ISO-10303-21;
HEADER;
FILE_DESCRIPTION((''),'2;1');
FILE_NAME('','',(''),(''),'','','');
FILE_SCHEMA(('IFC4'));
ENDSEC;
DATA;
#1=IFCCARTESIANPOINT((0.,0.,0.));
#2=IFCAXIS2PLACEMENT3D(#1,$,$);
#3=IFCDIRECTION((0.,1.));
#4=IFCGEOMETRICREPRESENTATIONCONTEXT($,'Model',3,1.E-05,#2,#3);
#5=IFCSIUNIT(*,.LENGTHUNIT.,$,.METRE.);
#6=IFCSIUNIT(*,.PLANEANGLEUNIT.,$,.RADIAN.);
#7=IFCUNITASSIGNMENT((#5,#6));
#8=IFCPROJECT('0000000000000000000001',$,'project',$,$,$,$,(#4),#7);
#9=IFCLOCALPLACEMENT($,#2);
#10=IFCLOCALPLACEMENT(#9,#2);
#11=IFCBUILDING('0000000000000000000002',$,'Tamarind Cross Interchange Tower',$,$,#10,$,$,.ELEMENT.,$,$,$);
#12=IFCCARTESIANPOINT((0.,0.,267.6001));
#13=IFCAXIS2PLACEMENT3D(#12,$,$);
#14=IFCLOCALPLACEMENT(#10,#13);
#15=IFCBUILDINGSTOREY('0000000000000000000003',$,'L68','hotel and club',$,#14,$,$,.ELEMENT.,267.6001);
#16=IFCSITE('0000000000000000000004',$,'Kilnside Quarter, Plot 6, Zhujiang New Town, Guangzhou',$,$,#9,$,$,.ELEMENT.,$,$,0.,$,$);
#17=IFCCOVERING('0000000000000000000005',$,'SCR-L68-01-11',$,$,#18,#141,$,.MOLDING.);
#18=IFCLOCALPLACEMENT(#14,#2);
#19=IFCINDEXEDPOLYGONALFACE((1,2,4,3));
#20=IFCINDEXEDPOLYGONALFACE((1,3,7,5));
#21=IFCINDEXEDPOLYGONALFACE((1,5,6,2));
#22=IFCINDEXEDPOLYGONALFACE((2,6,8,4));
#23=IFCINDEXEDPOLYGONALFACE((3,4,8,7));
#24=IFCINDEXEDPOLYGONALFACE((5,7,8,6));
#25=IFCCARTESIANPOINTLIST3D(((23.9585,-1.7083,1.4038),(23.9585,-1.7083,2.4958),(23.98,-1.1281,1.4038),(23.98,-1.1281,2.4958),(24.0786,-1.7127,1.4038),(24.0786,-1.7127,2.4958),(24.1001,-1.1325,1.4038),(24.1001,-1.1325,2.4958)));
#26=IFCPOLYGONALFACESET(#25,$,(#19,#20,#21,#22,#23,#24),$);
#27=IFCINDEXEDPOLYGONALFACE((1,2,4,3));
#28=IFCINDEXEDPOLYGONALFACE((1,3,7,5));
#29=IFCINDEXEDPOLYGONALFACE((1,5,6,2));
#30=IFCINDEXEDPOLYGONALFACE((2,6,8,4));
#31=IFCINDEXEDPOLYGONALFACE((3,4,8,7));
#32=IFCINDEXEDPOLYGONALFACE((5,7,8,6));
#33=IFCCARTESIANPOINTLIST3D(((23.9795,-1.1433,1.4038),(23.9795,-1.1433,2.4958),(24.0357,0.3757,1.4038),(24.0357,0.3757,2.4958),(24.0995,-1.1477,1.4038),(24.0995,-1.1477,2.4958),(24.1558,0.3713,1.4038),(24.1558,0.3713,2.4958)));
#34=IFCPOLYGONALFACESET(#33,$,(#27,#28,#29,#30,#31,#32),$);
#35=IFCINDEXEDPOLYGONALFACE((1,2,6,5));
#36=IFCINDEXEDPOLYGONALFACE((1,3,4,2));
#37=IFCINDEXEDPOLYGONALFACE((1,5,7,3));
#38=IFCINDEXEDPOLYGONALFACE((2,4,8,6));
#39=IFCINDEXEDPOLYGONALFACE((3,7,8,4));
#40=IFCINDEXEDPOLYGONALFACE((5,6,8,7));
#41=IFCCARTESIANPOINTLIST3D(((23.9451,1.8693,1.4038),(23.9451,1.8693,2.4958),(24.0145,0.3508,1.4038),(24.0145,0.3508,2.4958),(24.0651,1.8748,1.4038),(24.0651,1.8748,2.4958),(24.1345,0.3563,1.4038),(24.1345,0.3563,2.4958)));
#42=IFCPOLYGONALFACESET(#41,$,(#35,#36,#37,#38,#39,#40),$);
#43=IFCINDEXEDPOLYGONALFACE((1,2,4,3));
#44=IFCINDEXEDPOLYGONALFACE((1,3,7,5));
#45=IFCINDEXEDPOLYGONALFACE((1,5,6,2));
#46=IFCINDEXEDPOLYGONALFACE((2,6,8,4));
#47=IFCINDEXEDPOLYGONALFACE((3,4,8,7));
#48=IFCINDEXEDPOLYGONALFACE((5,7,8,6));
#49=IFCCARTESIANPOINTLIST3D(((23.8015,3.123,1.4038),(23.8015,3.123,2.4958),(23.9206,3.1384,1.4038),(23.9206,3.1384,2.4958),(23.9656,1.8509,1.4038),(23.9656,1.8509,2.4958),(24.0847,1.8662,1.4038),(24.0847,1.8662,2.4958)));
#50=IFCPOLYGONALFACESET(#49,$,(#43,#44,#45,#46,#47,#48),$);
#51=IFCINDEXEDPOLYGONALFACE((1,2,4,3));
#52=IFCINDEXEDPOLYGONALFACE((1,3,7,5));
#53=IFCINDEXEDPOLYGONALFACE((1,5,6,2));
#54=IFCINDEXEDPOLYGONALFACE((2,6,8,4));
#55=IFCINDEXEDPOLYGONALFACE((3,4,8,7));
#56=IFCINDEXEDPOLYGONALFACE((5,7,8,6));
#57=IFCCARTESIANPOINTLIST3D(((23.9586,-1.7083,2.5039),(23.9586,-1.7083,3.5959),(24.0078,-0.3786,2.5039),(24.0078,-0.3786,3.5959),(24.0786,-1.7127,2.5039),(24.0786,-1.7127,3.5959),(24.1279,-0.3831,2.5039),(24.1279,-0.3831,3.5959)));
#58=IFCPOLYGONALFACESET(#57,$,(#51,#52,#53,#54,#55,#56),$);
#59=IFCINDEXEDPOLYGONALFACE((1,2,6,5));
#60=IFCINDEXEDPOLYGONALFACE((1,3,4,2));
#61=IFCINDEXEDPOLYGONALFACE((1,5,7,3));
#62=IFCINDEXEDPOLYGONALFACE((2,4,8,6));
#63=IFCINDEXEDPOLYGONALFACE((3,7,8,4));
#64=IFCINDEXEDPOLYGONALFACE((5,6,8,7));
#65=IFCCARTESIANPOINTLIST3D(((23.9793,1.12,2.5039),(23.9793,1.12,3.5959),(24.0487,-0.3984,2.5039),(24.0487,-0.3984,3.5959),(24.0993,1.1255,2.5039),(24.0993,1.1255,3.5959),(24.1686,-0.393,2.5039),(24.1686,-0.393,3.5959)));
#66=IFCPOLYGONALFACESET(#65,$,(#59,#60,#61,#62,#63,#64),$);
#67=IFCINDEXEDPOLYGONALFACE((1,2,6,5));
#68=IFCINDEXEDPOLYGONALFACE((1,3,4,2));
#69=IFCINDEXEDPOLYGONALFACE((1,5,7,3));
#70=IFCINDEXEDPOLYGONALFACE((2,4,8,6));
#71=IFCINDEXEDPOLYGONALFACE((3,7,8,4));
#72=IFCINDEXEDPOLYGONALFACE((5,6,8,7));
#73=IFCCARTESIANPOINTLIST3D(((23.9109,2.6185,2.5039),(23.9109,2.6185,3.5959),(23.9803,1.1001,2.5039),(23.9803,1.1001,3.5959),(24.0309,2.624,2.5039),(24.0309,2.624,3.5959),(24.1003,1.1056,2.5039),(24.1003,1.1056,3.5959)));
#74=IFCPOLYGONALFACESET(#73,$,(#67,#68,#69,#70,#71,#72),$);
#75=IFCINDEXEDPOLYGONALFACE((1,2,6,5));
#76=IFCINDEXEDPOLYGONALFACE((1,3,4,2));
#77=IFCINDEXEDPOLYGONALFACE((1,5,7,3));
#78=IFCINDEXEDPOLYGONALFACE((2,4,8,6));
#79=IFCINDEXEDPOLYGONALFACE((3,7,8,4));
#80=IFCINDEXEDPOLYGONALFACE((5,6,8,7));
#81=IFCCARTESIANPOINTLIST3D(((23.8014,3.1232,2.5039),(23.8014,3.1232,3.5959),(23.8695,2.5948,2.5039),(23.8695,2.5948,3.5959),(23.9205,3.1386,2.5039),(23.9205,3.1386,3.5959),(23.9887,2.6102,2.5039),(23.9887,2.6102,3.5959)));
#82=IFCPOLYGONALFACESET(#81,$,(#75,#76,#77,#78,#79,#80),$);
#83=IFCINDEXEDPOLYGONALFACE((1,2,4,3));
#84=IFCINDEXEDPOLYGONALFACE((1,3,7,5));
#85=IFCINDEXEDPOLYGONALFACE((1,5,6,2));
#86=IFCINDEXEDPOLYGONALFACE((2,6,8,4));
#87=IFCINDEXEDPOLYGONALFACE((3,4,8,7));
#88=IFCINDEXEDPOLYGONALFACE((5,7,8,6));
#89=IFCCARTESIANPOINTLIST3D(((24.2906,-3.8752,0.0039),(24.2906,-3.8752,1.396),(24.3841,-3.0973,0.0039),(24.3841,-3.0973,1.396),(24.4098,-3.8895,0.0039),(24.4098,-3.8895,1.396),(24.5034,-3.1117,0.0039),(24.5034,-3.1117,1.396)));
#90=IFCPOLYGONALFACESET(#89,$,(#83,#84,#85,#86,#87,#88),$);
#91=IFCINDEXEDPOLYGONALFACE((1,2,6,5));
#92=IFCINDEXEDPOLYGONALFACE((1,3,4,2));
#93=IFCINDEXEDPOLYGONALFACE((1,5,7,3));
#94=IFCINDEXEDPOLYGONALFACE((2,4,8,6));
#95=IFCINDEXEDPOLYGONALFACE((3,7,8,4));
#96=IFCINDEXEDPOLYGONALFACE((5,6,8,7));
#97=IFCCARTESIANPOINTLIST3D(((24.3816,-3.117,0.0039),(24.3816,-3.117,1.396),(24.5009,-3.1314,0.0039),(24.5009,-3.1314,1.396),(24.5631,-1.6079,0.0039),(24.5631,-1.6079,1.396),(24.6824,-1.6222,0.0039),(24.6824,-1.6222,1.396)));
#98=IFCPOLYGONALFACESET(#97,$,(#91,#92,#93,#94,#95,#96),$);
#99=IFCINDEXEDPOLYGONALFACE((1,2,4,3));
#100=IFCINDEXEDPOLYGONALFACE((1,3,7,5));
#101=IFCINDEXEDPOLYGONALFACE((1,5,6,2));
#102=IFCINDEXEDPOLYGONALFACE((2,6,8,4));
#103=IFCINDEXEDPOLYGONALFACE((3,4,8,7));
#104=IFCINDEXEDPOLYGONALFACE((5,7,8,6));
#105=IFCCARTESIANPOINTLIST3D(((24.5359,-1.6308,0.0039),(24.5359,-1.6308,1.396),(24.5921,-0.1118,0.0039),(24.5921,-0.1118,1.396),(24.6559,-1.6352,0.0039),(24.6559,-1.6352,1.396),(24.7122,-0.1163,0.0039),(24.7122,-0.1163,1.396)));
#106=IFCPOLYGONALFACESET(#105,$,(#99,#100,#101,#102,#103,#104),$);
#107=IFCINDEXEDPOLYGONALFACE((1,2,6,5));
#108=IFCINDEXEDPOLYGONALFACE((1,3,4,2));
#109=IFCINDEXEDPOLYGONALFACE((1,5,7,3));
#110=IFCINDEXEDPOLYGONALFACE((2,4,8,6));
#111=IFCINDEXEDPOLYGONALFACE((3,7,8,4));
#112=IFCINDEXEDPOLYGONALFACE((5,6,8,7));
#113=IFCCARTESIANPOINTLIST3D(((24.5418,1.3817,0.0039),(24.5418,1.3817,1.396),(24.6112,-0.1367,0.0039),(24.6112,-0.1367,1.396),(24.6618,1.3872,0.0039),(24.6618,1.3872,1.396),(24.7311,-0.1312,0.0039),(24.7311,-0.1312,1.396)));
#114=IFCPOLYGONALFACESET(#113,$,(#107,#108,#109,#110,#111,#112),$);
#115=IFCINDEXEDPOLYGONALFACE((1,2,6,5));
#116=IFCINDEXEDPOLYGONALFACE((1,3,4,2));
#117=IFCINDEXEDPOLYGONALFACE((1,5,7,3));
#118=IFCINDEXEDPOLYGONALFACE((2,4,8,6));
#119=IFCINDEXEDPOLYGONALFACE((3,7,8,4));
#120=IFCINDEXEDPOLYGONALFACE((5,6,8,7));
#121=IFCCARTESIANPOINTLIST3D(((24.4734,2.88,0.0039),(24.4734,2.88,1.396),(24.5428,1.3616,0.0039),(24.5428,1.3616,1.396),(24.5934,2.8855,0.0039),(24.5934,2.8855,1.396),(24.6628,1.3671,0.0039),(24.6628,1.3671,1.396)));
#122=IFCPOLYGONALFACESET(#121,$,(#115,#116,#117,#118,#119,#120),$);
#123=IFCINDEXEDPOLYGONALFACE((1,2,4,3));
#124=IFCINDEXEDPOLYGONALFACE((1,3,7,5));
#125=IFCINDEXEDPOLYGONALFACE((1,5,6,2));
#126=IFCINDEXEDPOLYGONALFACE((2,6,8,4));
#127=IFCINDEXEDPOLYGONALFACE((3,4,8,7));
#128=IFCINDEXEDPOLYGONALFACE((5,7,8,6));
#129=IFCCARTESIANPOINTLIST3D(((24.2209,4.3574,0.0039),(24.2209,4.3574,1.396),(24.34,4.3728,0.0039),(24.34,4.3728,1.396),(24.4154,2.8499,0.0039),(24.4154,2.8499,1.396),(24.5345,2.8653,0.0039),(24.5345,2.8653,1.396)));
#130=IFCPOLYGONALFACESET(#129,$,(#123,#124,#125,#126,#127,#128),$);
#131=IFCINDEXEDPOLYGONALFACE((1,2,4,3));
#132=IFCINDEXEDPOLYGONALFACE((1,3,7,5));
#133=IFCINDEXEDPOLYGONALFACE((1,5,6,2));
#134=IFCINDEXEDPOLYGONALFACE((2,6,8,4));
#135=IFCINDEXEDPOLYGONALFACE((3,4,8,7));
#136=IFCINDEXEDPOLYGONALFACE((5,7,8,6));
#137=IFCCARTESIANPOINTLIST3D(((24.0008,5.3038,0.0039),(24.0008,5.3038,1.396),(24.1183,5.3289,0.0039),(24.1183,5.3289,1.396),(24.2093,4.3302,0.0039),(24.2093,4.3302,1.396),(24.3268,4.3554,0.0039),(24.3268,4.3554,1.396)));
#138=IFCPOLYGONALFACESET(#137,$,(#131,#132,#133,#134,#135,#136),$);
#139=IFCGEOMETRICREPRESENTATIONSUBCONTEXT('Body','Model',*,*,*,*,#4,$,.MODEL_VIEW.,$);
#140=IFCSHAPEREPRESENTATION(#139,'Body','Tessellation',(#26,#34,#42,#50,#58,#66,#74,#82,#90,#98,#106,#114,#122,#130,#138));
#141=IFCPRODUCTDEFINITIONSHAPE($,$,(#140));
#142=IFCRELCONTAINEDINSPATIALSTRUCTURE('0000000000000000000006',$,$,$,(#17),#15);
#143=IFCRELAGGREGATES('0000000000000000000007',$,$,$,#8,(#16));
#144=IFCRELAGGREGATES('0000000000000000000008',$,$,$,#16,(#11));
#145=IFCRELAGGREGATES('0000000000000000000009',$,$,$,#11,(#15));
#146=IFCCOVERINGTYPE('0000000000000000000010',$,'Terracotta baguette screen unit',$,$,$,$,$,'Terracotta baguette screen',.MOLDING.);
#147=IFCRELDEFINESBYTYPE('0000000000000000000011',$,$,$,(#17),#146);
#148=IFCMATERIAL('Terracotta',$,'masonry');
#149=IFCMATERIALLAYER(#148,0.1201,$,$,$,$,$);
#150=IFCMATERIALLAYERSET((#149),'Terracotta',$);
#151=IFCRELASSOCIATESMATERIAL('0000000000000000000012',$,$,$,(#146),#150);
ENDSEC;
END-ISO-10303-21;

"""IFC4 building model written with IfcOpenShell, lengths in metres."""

from ifc_helpers import new_model, si_unit, direction, frame, origin, origin_2d, place, context, subcontext, project, spatial, rectangle, extrude, material, layer, layer_set, type_object, element, save


model = new_model("IFC4")

# Units and contexts
model_context = context("Model", 3, precision=1e-05, world=origin(), true_north=direction((0.0, 1.0)))
body_context = subcontext(model_context, "Body", "Model", "MODEL_VIEW")
ifc_project = project(units=[si_unit("LENGTHUNIT", "METRE"), si_unit("PLANEANGLEUNIT", "RADIAN")], contexts=[model_context])

# Site, building, storey
site_placement = place(None, origin())
site = spatial("IfcSite", under=ifc_project, at=site_placement, Name="Kilnside Quarter, Plot 6, Zhujiang New Town, Guangzhou", CompositionType="ELEMENT", RefElevation=0.0)
building_placement = place(site_placement, origin())
building = spatial("IfcBuilding", under=site, at=building_placement, Name="Tamarind Cross Interchange Tower", CompositionType="ELEMENT")
storey_placement = place(building_placement, frame((0.0, 0.0, 267.6001)))
storey = spatial("IfcBuildingStorey", under=building, at=storey_placement, Name="L68", Description="hotel and club", CompositionType="ELEMENT", Elevation=267.6001)

# Covering
ifc_material_1 = material(Name="Terracotta", Category="masonry")
ifc_layer_1 = layer(ifc_material_1, 0.1201)
ifc_layer_set_1 = layer_set([ifc_layer_1], Name="Terracotta")
covering_type = type_object("IfcCoveringType", Name="Terracotta baguette screen unit", ElementType="Terracotta baguette screen", PredefinedType="MOLDING", material=ifc_layer_set_1)
covering_1_placement = place(storey_placement, origin())
element("IfcCovering", 1, at=covering_1_placement, inside=storey, type_object=covering_type, Name="SCR-L68-01-11", PredefinedType="MOLDING", context=body_context, shape_type="SweptSolid", body=[
    extrude(rectangle(XDim=0.5806, YDim=0.1201, at=origin_2d()), frame((24.0293, -1.4204, 1.4038), z_axis=(0.0, 0.0, 1.0), x_axis=(0.037025, 0.999314, 0.0)), (0.0, 0.0, 1.0), 1.092),
    extrude(rectangle(XDim=1.52, YDim=0.1201, at=origin_2d()), frame((24.0676, -0.386, 1.4038), z_axis=(0.0, 0.0, 1.0), x_axis=(0.037025, 0.999314, 0.0)), (0.0, 0.0, 1.0), 1.092),
    extrude(rectangle(XDim=1.52, YDim=0.1201, at=origin_2d()), frame((24.0398, 1.1128, 1.4038), z_axis=(0.0, 0.0, 1.0), x_axis=(-0.045624, 0.998959, 0.0)), (0.0, 0.0, 1.0), 1.092),
    extrude(rectangle(XDim=1.2827, YDim=0.1201, at=origin_2d()), frame((23.9431, 2.4946, 1.4038), z_axis=(0.0, 0.0, 1.0), x_axis=(-0.127962, 0.991779, 0.0)), (0.0, 0.0, 1.0), 1.092),
    extrude(rectangle(XDim=1.3306, YDim=0.1201, at=origin_2d()), frame((24.0432, -1.0457, 2.5039), z_axis=(0.0, 0.0, 1.0), x_axis=(0.037025, 0.999314, 0.0)), (0.0, 0.0, 1.0), 1.092),
    extrude(rectangle(XDim=1.52, YDim=0.1201, at=origin_2d()), frame((24.074, 0.3635, 2.5039), z_axis=(0.0, 0.0, 1.0), x_axis=(-0.045624, 0.998959, 0.0)), (0.0, 0.0, 1.0), 1.092),
    extrude(rectangle(XDim=1.52, YDim=0.1201, at=origin_2d()), frame((24.0056, 1.8621, 2.5039), z_axis=(0.0, 0.0, 1.0), x_axis=(-0.045624, 0.998959, 0.0)), (0.0, 0.0, 1.0), 1.092),
    extrude(rectangle(XDim=0.5327, YDim=0.1201, at=origin_2d()), frame((23.895, 2.8667, 2.5039), z_axis=(0.0, 0.0, 1.0), x_axis=(-0.127962, 0.991779, 0.0)), (0.0, 0.0, 1.0), 1.092),
    extrude(rectangle(XDim=0.7834, YDim=0.1201, at=origin_2d()), frame((24.397, -3.4934, 0.0039), z_axis=(0.0, 0.0, 1.0), x_axis=(0.119421, 0.992844, 0.0)), (0.0, 0.0, 1.0), 1.3921),
    extrude(rectangle(XDim=1.52, YDim=0.1201, at=origin_2d()), frame((24.532, -2.3696, 0.0039), z_axis=(0.0, 0.0, 1.0), x_axis=(0.119421, 0.992844, 0.0)), (0.0, 0.0, 1.0), 1.3921),
    extrude(rectangle(XDim=1.52, YDim=0.1201, at=origin_2d()), frame((24.624, -0.8735, 0.0039), z_axis=(0.0, 0.0, 1.0), x_axis=(0.037025, 0.999314, 0.0)), (0.0, 0.0, 1.0), 1.3921),
    extrude(rectangle(XDim=1.52, YDim=0.1201, at=origin_2d()), frame((24.6365, 0.6252, 0.0039), z_axis=(0.0, 0.0, 1.0), x_axis=(-0.045624, 0.998959, 0.0)), (0.0, 0.0, 1.0), 1.3921),
    extrude(rectangle(XDim=1.52, YDim=0.1201, at=origin_2d()), frame((24.5681, 2.1235, 0.0039), z_axis=(0.0, 0.0, 1.0), x_axis=(-0.045624, 0.998959, 0.0)), (0.0, 0.0, 1.0), 1.3921),
    extrude(rectangle(XDim=1.52, YDim=0.1201, at=origin_2d()), frame((24.3777, 3.6113, 0.0039), z_axis=(0.0, 0.0, 1.0), x_axis=(-0.127962, 0.991779, 0.0)), (0.0, 0.0, 1.0), 1.3921),
    extrude(rectangle(XDim=0.9956, YDim=0.1201, at=origin_2d()), frame((24.1638, 4.8296, 0.0039), z_axis=(0.0, 0.0, 1.0), x_axis=(-0.209425, 0.977825, 0.0)), (0.0, 0.0, 1.0), 1.3921),
])

save(model, "model.ifc")
